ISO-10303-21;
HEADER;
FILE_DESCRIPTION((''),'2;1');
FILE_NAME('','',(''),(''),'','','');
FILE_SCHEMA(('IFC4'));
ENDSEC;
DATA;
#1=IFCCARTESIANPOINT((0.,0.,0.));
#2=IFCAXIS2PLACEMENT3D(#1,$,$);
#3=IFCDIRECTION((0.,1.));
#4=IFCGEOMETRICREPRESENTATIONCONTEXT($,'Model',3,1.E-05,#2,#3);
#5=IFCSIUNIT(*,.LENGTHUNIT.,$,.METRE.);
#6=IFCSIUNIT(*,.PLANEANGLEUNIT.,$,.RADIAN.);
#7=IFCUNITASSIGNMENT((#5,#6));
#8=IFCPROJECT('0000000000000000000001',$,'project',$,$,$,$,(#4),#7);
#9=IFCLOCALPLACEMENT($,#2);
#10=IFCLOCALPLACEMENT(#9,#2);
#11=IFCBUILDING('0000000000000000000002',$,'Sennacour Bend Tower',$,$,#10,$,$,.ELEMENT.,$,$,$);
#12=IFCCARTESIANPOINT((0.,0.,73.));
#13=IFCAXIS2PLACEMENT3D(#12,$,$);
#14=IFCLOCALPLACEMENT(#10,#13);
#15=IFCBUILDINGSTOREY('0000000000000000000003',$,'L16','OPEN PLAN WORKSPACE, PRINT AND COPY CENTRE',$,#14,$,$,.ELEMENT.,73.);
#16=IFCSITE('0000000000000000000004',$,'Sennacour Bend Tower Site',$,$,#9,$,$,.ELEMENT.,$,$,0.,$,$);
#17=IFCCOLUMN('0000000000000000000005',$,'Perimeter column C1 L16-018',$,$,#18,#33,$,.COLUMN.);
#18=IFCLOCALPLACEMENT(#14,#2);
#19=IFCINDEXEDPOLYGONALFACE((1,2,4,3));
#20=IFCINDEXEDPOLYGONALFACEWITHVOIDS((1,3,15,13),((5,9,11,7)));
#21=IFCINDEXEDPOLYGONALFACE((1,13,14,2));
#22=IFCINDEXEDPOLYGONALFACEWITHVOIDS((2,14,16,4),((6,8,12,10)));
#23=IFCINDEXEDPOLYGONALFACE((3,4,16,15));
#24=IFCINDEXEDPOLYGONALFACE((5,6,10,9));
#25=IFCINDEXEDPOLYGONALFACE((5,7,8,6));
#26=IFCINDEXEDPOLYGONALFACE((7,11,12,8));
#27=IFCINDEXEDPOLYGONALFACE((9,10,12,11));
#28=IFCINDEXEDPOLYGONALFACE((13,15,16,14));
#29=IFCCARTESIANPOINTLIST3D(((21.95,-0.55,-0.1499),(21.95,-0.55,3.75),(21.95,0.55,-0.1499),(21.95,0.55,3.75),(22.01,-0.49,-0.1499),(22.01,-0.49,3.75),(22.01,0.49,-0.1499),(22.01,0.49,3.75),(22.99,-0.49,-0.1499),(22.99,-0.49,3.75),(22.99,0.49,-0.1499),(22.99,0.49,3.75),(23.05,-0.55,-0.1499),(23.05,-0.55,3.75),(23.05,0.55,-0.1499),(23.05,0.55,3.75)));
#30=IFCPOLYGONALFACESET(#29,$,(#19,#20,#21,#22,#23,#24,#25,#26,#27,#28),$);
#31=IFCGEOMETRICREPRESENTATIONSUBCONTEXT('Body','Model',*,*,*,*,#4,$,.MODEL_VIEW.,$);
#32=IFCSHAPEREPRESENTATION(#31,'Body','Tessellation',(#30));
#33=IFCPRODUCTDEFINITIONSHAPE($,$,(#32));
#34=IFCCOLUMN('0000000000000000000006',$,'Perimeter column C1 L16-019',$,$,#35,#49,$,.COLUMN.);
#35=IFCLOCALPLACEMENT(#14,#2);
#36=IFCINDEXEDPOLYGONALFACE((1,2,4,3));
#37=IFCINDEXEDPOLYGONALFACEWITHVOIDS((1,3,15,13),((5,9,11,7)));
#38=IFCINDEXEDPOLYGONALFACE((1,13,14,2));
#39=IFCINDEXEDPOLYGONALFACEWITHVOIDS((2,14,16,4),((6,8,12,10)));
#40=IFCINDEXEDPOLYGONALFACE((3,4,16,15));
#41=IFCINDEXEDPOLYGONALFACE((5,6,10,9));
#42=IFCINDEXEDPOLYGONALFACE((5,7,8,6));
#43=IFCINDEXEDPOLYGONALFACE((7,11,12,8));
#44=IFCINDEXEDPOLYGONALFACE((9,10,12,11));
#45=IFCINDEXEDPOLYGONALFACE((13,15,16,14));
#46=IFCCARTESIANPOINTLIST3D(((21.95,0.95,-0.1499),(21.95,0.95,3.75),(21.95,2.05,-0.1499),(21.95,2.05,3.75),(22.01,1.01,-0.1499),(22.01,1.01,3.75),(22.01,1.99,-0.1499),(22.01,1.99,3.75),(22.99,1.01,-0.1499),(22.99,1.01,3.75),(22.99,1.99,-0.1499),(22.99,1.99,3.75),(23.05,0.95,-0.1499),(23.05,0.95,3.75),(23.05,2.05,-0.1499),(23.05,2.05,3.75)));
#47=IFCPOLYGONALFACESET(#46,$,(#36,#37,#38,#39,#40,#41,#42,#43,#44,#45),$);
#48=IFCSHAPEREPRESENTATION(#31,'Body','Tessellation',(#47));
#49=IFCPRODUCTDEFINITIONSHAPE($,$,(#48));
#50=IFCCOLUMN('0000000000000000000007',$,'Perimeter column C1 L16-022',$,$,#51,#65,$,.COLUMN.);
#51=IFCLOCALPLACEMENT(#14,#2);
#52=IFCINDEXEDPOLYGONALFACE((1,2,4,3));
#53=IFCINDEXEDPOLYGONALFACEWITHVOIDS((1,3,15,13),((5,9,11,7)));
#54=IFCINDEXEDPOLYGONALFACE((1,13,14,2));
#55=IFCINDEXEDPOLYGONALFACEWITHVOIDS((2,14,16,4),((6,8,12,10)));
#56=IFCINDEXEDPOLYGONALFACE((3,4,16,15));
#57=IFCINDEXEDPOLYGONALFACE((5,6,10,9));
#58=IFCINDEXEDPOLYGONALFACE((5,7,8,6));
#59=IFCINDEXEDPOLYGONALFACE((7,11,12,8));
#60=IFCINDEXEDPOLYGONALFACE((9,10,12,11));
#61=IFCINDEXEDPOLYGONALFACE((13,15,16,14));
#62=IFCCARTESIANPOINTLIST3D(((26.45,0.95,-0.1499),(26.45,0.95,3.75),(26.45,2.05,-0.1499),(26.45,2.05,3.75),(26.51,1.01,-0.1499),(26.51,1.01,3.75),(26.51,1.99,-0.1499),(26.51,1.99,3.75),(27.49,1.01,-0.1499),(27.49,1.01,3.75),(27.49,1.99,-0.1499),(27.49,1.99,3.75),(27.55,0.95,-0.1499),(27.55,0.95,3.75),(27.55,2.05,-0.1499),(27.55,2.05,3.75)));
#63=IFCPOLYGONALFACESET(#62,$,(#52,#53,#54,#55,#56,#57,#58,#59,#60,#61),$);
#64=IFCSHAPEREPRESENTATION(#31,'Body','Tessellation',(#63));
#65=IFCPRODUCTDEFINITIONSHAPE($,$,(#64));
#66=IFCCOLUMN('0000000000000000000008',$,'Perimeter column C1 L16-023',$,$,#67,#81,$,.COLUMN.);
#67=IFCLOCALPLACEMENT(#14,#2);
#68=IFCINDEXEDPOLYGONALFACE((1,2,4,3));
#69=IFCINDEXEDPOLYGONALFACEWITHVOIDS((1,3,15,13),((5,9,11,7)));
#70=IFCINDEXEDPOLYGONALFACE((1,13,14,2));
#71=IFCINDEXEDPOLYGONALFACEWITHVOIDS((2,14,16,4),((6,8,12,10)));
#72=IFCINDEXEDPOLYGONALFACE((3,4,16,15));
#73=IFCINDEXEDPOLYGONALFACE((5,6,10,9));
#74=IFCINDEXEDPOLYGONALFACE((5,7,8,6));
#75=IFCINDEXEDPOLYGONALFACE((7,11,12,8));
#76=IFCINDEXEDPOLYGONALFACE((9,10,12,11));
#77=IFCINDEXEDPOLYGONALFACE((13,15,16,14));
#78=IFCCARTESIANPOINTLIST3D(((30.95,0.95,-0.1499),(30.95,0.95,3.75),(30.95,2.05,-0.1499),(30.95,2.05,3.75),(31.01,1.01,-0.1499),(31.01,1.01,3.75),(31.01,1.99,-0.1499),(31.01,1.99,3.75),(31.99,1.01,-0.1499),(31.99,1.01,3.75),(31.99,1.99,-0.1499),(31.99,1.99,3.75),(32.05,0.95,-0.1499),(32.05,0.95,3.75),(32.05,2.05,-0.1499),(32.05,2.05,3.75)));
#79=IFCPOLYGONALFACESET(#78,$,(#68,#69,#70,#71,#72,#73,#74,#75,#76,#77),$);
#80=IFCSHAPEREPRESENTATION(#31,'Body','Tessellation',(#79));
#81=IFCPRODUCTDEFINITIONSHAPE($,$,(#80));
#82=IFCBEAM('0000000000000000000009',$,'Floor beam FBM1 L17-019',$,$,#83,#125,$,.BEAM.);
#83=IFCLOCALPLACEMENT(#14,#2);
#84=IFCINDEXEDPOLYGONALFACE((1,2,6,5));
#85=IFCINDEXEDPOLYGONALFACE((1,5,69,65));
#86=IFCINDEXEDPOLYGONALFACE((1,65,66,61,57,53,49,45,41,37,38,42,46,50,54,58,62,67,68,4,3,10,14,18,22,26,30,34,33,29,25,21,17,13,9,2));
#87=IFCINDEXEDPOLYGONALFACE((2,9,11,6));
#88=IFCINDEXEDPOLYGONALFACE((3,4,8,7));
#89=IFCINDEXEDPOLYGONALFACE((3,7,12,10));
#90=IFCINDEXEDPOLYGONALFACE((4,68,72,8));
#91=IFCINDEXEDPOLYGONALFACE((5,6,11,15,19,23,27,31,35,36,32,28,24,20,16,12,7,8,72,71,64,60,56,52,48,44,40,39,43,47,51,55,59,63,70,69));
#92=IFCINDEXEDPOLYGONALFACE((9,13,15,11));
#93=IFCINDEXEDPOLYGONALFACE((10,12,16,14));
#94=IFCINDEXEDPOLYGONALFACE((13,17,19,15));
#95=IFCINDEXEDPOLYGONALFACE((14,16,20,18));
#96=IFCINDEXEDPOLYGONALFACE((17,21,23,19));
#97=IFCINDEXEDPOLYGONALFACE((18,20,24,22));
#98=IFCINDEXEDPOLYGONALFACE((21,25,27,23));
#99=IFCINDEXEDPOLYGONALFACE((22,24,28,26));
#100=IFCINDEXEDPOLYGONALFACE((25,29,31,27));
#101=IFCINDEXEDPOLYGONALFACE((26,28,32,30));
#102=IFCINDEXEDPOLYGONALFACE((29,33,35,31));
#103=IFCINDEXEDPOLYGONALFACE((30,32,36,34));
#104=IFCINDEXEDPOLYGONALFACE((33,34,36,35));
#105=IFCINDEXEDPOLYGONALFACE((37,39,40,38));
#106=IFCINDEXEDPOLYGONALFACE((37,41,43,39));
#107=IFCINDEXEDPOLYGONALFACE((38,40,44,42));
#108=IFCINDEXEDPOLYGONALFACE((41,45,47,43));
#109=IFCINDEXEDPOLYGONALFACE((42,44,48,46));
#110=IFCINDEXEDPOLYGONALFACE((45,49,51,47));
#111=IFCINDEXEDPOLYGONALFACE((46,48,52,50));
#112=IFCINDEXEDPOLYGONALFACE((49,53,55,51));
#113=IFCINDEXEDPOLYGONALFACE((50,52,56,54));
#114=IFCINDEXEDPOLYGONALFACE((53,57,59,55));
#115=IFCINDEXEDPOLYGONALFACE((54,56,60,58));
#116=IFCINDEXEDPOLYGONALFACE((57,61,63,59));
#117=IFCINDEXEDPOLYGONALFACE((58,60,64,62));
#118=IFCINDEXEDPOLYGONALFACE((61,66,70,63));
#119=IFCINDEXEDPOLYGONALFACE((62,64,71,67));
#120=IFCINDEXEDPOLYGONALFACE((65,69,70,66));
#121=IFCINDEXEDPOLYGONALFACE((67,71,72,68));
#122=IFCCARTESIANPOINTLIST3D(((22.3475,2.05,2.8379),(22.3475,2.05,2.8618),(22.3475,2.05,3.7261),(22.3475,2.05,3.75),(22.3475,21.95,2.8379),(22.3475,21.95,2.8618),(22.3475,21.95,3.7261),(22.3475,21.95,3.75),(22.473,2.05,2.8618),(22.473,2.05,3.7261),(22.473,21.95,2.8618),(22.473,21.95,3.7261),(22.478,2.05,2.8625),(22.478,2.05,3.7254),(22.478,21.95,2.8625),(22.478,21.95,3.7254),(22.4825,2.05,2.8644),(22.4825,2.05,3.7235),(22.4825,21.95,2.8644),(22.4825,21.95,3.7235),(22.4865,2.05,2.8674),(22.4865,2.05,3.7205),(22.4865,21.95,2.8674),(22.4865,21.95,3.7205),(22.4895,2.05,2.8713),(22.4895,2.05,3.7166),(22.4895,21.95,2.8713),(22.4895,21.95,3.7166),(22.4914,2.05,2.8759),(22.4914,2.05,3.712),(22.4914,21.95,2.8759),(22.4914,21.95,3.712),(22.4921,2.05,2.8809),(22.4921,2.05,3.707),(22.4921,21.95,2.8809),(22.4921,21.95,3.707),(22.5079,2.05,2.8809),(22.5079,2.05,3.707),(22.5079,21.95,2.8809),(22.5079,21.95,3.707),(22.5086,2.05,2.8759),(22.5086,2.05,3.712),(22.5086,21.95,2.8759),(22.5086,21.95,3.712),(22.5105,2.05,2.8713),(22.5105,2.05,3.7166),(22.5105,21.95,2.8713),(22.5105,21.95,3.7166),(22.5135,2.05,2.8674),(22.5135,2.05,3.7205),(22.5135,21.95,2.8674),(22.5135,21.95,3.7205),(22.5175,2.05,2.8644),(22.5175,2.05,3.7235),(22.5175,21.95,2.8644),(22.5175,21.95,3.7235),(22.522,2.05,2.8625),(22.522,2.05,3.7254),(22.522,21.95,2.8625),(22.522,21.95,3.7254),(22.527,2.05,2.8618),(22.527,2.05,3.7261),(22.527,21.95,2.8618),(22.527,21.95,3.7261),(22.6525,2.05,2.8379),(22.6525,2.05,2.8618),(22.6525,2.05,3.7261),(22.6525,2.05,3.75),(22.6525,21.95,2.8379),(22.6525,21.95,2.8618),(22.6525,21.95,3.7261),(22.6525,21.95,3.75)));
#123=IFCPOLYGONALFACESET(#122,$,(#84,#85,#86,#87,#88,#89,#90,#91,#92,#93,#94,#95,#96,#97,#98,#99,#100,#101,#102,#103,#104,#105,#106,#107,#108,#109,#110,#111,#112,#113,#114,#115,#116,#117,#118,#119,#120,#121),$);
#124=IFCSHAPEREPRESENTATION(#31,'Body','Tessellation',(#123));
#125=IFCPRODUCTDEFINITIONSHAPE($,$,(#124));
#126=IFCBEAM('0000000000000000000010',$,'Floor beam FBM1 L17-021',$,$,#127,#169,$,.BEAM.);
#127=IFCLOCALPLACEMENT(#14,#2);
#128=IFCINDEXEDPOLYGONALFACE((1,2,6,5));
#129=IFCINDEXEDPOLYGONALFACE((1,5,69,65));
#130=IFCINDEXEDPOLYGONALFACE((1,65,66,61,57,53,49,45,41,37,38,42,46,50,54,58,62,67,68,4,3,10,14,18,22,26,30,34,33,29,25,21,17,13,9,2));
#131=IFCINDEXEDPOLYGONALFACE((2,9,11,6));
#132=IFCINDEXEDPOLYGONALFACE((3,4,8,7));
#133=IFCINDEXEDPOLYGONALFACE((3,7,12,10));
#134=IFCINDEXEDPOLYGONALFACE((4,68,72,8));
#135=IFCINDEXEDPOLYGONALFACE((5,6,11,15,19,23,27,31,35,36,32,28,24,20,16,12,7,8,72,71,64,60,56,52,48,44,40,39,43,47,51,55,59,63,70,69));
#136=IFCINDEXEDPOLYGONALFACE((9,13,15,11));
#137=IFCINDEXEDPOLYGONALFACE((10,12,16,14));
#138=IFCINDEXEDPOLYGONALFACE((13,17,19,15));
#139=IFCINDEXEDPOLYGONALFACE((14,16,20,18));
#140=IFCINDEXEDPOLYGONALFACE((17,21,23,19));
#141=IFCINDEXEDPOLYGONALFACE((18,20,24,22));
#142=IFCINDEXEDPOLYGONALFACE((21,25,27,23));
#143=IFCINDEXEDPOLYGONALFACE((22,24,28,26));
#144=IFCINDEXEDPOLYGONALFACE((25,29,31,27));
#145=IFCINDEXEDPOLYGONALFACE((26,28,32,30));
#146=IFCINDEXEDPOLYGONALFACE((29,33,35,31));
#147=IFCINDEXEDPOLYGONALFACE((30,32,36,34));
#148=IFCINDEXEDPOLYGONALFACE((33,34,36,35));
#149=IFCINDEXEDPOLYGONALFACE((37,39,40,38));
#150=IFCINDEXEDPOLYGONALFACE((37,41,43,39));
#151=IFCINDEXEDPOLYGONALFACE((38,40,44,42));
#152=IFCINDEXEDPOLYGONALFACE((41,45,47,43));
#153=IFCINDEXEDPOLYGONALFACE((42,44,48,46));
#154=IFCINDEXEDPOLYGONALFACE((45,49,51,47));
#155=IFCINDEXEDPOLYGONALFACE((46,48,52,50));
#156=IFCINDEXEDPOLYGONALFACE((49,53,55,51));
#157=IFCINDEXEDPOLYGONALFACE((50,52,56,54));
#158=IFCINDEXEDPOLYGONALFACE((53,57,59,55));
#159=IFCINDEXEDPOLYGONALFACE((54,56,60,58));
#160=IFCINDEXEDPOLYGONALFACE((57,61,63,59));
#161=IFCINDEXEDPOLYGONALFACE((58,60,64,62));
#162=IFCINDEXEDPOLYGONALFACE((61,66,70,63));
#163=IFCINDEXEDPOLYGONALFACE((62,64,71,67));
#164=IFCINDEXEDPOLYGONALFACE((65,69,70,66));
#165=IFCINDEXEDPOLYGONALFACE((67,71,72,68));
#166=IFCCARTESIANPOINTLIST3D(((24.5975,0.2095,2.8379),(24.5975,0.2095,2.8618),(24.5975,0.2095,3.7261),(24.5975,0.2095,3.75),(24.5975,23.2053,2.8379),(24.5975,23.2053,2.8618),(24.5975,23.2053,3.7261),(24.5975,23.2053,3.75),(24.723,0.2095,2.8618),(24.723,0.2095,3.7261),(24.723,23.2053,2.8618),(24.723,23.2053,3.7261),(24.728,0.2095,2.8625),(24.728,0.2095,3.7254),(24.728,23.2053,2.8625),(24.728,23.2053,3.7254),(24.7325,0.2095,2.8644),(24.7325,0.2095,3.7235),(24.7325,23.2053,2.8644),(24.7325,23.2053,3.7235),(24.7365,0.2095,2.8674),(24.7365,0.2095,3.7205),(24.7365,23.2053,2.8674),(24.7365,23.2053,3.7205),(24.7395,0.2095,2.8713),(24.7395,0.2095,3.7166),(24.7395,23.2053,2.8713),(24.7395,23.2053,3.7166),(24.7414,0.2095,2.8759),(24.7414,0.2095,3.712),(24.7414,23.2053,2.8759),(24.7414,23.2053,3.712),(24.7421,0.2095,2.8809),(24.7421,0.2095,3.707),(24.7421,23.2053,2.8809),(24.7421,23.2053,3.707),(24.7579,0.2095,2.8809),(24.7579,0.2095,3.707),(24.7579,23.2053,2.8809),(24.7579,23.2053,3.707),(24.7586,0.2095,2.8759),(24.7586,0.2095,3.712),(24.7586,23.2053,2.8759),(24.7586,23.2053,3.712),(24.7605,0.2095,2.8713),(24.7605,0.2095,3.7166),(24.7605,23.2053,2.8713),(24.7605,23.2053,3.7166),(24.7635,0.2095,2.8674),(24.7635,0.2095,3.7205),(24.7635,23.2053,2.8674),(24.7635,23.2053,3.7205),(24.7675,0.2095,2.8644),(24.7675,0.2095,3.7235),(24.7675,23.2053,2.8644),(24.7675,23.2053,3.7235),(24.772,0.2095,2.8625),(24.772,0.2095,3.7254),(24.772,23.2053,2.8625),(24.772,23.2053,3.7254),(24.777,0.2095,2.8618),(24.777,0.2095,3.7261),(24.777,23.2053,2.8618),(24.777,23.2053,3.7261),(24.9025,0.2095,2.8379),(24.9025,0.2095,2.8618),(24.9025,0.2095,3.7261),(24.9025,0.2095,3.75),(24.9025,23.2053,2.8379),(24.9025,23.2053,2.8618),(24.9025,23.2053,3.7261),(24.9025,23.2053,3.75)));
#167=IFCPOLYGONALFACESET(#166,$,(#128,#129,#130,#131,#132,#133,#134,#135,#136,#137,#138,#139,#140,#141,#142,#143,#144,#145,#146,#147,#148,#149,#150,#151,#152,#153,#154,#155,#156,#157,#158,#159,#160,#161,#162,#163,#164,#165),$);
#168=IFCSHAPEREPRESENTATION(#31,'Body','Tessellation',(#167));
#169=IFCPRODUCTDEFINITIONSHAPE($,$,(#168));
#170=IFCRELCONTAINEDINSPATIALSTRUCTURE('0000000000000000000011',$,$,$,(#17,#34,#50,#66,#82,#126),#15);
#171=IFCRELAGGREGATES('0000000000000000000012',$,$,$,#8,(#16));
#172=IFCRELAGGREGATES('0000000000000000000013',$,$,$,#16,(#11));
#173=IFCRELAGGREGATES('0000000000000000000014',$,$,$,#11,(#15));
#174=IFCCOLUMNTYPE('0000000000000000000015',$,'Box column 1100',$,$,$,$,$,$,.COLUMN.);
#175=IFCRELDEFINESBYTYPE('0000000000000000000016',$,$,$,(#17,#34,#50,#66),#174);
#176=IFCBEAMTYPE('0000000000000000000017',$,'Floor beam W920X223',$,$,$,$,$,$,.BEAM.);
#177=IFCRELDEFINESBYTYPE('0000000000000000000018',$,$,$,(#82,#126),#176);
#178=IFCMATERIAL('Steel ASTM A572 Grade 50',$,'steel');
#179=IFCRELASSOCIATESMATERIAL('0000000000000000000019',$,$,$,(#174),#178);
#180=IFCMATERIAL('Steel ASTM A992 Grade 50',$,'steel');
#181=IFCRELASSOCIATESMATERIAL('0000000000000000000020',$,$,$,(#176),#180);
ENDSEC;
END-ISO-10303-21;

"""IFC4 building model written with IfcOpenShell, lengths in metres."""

from ifc_helpers import new_model, si_unit, direction, frame, origin, origin_2d, place, context, subcontext, project, spatial, hollow_rectangle, i_section, extrude, material, material_profile, profile_set, type_object, element, save


model = new_model("IFC4")

# Units and contexts
model_context = context("Model", 3, precision=1e-05, world=origin(), true_north=direction((0.0, 1.0)))
body_context = subcontext(model_context, "Body", "Model", "MODEL_VIEW")
ifc_project = project(units=[si_unit("LENGTHUNIT", "METRE"), si_unit("PLANEANGLEUNIT", "RADIAN")], contexts=[model_context])

# Site, building, storey
site_placement = place(None, origin())
site = spatial("IfcSite", under=ifc_project, at=site_placement, Name="Sennacour Bend Tower Site", CompositionType="ELEMENT", RefElevation=0.0)
building_placement = place(site_placement, origin())
building = spatial("IfcBuilding", under=site, at=building_placement, Name="Sennacour Bend Tower", CompositionType="ELEMENT")
storey_placement = place(building_placement, frame((0.0, 0.0, 73.0)))
storey = spatial("IfcBuildingStorey", under=building, at=storey_placement, Name="L16", Description="OPEN PLAN WORKSPACE, PRINT AND COPY CENTRE", CompositionType="ELEMENT", Elevation=73.0)

# Columns
ifc_material_1 = material(Name="Steel ASTM A572 Grade 50", Category="steel")
ifc_material_profile_1 = material_profile(ifc_material_1, hollow_rectangle(XDim=1.1001, YDim=1.1001, WallThickness=0.0601, at=origin_2d()), Name="Steel ASTM A572 Grade 50", Category="steel")
ifc_profile_set_1 = profile_set([ifc_material_profile_1], Name="Steel ASTM A572 Grade 50")
column_type = type_object("IfcColumnType", Name="Box column 1100", PredefinedType="COLUMN", material=ifc_profile_set_1)
for number, where, z_axis, x_axis, name in (
    (1, (22.5, 0.0, -0.1499), (0.0, 0.0, 1.0), (1.0, 0.0, 0.0), "Perimeter column C1 L16-018"),
    (2, (22.5, 1.5, -0.1499), (0.0, 0.0, 1.0), (1.0, 0.0, 0.0), "Perimeter column C1 L16-019"),
    (3, (27.0, 1.5, -0.1499), (0.0, 0.0, 1.0), (1.0, 0.0, 0.0), "Perimeter column C1 L16-022"),
    (4, (31.5, 1.5, -0.1499), (0.0, 0.0, 1.0), (1.0, 0.0, 0.0), "Perimeter column C1 L16-023"),
):
    element("IfcColumn", number, at=place(storey_placement, frame(where, z_axis=z_axis, x_axis=x_axis)), inside=storey, type_object=column_type, Name=name, PredefinedType="COLUMN", context=body_context, shape_type="SweptSolid", body=[
        extrude(hollow_rectangle(XDim=1.1001, YDim=1.1001, WallThickness=0.0601, at=origin_2d()), origin(), (0.0, 0.0, 1.0), 3.8999),
    ])

# Beams
ifc_material_2 = material(Name="Steel ASTM A992 Grade 50", Category="steel")
ifc_material_profile_2 = material_profile(ifc_material_2, i_section(OverallWidth=0.3049, OverallDepth=0.9121, WebThickness=0.0159, FlangeThickness=0.0239, FilletRadius=0.019, at=origin_2d()), Name="Steel ASTM A992 Grade 50", Category="steel")
ifc_profile_set_2 = profile_set([ifc_material_profile_2], Name="Steel ASTM A992 Grade 50")
beam_type_1 = type_object("IfcBeamType", Name="Floor beam W920X223", PredefinedType="BEAM", material=ifc_profile_set_2)
beam_1_placement = place(storey_placement, frame((22.5, 2.05, 3.2939), z_axis=(0.0, 1.0, 0.0), x_axis=(-1.0, 0.0, 0.0)))
element("IfcBeam", 5, at=beam_1_placement, inside=storey, type_object=beam_type_1, Name="Floor beam FBM1 L17-019", PredefinedType="BEAM", context=body_context, shape_type="SweptSolid", body=[
    extrude(i_section(OverallWidth=0.3049, OverallDepth=0.9121, WebThickness=0.0159, FlangeThickness=0.0239, FilletRadius=0.019, at=origin_2d()), origin(), (0.0, 0.0, 1.0), 19.8999),
])
beam_2_placement = place(storey_placement, frame((24.75, 0.2095, 3.2939), z_axis=(0.0, 1.0, 0.0), x_axis=(-1.0, 0.0, 0.0)))
element("IfcBeam", 6, at=beam_2_placement, inside=storey, type_object=beam_type_1, Name="Floor beam FBM1 L17-021", PredefinedType="BEAM", context=body_context, shape_type="SweptSolid", body=[
    extrude(i_section(OverallWidth=0.3049, OverallDepth=0.9121, WebThickness=0.0159, FlangeThickness=0.0239, FilletRadius=0.019, at=origin_2d()), origin(), (0.0, 0.0, 1.0), 22.9958),
])

save(model, "model.ifc")
